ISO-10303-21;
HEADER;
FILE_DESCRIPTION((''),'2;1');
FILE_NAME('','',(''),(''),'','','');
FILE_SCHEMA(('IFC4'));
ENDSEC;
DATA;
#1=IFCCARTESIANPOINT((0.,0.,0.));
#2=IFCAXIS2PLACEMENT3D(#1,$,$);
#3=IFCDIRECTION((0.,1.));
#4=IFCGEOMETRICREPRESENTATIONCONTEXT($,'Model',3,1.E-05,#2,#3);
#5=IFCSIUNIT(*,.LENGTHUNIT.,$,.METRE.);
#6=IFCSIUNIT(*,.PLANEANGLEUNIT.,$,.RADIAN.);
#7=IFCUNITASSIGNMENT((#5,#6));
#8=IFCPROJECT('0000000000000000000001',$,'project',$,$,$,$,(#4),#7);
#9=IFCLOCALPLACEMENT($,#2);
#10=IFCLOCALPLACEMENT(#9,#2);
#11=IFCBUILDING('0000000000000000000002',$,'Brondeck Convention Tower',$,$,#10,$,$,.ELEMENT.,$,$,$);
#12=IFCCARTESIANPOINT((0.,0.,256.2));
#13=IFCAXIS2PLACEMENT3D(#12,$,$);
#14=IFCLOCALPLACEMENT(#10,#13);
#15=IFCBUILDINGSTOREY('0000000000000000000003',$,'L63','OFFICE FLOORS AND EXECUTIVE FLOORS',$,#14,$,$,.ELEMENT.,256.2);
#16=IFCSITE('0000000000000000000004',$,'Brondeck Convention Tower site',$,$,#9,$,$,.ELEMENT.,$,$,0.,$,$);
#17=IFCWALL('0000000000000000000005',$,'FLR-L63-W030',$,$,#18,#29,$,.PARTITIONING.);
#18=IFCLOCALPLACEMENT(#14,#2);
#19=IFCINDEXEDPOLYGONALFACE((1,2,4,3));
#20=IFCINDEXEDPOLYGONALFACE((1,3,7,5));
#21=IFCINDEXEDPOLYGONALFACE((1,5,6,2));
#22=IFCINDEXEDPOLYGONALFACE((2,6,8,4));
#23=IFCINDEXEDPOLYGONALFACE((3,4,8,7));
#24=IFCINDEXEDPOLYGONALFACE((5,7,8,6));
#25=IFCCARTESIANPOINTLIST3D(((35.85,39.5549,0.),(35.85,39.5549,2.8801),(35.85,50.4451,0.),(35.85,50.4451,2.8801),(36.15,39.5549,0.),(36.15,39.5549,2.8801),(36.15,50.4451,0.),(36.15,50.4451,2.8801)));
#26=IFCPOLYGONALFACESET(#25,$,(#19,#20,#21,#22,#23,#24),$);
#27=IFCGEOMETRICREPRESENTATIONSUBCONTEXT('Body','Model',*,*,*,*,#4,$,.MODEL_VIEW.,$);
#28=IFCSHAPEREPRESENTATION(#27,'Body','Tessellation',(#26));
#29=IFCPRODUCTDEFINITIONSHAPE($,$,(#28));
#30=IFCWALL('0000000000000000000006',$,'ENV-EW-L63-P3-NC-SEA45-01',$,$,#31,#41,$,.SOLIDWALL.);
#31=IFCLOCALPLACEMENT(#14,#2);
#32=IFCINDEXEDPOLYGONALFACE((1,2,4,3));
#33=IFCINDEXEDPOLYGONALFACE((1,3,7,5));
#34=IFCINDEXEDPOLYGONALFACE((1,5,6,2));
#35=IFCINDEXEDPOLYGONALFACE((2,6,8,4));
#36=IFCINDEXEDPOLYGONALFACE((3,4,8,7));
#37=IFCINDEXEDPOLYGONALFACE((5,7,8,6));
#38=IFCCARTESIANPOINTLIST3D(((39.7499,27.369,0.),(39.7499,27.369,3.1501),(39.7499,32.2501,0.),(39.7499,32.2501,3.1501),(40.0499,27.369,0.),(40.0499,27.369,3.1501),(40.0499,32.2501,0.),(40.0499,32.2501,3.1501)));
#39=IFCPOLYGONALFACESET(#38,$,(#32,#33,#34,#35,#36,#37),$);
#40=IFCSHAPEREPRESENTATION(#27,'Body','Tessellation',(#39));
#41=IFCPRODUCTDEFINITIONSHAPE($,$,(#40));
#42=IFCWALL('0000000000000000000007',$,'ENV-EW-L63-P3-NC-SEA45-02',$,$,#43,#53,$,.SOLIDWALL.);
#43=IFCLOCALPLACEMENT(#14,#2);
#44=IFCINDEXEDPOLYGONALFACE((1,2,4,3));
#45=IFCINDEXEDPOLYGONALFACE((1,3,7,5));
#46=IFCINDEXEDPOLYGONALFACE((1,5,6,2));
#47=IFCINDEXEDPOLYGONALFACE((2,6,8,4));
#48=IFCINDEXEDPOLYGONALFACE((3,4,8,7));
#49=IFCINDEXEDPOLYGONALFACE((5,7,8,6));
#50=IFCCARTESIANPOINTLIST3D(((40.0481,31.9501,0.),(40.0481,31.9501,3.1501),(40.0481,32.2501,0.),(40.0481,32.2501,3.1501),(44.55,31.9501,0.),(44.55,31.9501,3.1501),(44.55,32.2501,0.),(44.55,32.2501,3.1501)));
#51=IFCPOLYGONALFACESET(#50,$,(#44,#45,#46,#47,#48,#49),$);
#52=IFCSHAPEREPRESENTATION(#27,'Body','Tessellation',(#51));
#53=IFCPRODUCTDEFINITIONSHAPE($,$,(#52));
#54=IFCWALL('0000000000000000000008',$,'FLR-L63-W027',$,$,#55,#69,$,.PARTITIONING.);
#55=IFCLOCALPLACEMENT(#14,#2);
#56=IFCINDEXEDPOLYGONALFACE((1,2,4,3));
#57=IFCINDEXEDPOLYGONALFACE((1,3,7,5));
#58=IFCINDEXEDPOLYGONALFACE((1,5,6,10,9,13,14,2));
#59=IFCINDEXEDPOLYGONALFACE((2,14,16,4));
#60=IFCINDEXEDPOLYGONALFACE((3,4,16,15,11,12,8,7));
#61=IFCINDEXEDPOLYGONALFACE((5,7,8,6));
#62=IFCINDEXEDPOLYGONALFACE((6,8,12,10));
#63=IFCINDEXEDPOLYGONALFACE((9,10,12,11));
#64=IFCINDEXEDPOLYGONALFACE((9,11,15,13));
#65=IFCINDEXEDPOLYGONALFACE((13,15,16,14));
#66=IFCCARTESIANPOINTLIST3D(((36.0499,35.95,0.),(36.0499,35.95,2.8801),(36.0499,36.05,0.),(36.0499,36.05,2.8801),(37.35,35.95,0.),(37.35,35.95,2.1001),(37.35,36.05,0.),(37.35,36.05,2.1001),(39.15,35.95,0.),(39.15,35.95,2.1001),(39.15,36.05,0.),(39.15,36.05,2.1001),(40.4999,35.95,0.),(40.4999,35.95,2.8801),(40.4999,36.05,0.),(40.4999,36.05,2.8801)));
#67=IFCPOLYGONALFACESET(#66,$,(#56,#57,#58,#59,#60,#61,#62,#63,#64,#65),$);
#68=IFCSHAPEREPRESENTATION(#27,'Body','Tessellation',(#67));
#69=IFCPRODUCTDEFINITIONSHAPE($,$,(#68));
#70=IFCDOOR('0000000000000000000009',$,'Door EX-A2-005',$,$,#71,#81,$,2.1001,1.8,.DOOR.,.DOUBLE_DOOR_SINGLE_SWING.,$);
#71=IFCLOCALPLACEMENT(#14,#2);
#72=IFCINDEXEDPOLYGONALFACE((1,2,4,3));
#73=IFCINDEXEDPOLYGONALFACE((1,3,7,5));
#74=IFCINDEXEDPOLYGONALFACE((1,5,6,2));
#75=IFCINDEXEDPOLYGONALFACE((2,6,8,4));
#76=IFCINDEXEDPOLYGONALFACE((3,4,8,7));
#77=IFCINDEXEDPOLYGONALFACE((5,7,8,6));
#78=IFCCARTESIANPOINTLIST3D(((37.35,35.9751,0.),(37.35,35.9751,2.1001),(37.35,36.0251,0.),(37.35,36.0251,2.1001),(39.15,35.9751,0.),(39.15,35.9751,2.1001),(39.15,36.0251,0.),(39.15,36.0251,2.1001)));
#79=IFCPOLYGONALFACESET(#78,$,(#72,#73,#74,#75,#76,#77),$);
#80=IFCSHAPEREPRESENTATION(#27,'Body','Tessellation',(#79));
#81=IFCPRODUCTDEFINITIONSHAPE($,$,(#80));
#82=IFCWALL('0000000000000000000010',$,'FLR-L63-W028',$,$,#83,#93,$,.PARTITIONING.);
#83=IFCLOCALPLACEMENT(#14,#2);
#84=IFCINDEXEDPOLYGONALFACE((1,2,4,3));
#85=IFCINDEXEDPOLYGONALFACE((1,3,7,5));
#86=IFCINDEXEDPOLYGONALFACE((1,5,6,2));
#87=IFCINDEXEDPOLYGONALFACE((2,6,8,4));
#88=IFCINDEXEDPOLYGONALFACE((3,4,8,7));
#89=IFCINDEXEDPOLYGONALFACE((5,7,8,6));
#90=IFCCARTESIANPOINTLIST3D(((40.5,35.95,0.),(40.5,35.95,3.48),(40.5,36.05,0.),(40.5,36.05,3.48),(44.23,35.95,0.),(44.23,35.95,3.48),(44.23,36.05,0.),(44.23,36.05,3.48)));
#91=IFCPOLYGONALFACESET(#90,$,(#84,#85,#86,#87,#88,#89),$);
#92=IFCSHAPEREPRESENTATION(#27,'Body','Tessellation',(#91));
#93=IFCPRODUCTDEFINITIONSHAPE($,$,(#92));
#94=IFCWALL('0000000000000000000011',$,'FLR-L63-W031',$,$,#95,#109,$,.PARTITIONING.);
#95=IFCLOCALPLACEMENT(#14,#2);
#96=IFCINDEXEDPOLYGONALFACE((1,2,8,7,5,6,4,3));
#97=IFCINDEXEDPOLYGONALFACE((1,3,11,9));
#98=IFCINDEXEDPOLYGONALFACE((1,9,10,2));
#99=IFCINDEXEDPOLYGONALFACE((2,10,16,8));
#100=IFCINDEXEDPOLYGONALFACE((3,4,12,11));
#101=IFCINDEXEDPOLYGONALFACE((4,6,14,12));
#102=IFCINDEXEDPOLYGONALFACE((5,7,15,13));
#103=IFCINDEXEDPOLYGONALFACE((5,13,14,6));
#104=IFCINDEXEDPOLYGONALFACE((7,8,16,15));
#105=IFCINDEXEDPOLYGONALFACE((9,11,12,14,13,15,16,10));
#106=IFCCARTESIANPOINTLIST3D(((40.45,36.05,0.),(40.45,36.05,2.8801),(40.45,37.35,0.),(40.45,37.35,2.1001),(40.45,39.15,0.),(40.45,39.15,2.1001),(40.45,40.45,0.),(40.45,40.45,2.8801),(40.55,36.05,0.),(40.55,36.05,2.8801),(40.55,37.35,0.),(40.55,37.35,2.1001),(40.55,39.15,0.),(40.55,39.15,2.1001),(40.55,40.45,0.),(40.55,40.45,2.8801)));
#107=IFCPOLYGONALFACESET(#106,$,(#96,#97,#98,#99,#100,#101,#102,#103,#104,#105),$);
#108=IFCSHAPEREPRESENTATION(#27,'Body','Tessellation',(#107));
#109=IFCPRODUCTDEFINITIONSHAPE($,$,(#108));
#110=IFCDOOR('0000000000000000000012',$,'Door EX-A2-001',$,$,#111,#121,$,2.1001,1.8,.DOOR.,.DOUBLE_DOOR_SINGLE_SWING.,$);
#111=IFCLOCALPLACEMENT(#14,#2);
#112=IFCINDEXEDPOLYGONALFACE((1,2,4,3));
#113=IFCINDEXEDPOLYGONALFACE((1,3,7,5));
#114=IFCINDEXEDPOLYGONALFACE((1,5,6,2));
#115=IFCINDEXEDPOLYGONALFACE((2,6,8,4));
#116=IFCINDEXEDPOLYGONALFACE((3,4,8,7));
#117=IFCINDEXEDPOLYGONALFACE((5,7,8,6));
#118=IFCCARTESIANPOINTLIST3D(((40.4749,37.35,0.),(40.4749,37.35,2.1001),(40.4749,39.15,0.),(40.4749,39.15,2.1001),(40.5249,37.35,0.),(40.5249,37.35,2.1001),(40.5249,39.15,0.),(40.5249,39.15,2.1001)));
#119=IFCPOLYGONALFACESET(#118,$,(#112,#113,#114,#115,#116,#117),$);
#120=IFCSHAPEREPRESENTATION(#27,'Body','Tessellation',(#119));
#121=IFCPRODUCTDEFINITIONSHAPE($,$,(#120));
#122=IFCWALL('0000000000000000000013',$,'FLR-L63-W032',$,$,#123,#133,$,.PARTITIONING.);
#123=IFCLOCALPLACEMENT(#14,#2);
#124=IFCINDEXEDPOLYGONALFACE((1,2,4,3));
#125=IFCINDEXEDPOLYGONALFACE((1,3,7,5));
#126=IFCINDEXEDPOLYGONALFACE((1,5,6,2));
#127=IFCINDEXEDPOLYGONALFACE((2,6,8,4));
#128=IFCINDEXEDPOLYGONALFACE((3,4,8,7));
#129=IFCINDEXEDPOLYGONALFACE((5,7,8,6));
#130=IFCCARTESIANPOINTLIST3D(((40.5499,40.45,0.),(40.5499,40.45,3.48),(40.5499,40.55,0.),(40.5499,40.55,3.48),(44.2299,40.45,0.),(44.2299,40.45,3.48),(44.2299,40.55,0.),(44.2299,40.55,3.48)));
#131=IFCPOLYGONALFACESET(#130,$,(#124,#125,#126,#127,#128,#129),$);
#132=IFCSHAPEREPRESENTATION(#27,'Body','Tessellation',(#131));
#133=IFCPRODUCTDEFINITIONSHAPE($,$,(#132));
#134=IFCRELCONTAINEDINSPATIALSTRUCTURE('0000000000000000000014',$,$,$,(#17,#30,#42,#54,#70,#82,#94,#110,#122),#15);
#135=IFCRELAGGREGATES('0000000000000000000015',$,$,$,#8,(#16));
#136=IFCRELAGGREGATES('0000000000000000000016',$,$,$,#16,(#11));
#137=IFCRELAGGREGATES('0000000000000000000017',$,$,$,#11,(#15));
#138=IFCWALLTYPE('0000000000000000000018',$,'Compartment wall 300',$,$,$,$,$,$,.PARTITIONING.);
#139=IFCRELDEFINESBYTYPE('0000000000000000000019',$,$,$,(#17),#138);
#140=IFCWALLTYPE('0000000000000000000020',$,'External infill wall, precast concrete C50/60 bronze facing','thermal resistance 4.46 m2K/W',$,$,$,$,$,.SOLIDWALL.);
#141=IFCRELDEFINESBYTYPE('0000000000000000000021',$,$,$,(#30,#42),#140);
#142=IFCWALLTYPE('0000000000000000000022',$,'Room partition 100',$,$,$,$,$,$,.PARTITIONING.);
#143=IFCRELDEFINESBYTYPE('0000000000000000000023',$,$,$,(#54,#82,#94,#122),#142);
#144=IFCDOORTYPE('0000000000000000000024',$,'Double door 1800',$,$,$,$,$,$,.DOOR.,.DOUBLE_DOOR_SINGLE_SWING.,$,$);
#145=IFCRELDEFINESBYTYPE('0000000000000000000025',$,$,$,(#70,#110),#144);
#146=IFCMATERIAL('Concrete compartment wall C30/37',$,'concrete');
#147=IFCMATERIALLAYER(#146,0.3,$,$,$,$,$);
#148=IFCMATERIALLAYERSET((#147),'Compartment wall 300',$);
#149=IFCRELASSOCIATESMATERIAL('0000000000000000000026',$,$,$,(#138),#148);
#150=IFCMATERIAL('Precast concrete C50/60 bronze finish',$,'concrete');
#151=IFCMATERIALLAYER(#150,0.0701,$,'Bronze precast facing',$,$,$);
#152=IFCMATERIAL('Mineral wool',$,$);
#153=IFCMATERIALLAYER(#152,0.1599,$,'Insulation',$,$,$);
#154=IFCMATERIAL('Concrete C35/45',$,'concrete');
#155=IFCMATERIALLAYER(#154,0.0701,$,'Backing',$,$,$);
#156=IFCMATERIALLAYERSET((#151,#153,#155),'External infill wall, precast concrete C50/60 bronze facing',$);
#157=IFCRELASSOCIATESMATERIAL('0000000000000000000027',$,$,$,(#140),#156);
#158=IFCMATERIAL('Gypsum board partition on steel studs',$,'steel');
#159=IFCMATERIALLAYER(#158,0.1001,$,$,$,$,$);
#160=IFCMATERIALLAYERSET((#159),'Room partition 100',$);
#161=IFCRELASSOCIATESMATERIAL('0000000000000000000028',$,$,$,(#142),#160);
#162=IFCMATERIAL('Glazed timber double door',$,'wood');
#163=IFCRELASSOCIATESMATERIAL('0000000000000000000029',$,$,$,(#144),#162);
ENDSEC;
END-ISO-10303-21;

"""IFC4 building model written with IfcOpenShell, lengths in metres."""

from ifc_helpers import new_model, si_unit, direction, frame, frame_2d, origin, place, context, subcontext, project, spatial, rectangle, extrude, material, layer, layer_set, type_object, element, fill, save


model = new_model("IFC4")

# Units and contexts
model_context = context("Model", 3, precision=1e-05, world=origin(), true_north=direction((0.0, 1.0)))
body_context = subcontext(model_context, "Body", "Model", "MODEL_VIEW")
ifc_project = project(units=[si_unit("LENGTHUNIT", "METRE"), si_unit("PLANEANGLEUNIT", "RADIAN")], contexts=[model_context])

# Site, building, storey
site_placement = place(None, origin())
site = spatial("IfcSite", under=ifc_project, at=site_placement, Name="Brondeck Convention Tower site", CompositionType="ELEMENT", RefElevation=0.0)
building_placement = place(site_placement, origin())
building = spatial("IfcBuilding", under=site, at=building_placement, Name="Brondeck Convention Tower", CompositionType="ELEMENT")
storey_placement = place(building_placement, frame((0.0, 0.0, 256.2)))
storey = spatial("IfcBuildingStorey", under=building, at=storey_placement, Name="L63", Description="OFFICE FLOORS AND EXECUTIVE FLOORS", CompositionType="ELEMENT", Elevation=256.2)

# Walls
ifc_material_1 = material(Name="Concrete compartment wall C30/37", Category="concrete")
ifc_layer_1 = layer(ifc_material_1, 0.3)
ifc_layer_set_1 = layer_set([ifc_layer_1], Name="Compartment wall 300")
wall_type_1 = type_object("IfcWallType", Name="Compartment wall 300", PredefinedType="PARTITIONING", material=ifc_layer_set_1)
wall_1_placement = place(storey_placement, frame((36.0, 39.5549, 0.0), z_axis=(0.0, 0.0, 1.0), x_axis=(0.0, 1.0, 0.0)))
element("IfcWall", 1, at=wall_1_placement, inside=storey, type_object=wall_type_1, Name="FLR-L63-W030", PredefinedType="PARTITIONING", context=body_context, shape_type="SweptSolid", body=[
    extrude(rectangle(XDim=10.8901, YDim=0.3, at=frame_2d((5.4451, 0.0))), origin(), (0.0, 0.0, 1.0), 2.8801),
])
ifc_material_2 = material(Name="Precast concrete C50/60 bronze finish", Category="concrete")
ifc_layer_2 = layer(ifc_material_2, 0.0701, Name="Bronze precast facing")
ifc_material_3 = material(Name="Mineral wool")
ifc_layer_3 = layer(ifc_material_3, 0.1599, Name="Insulation")
ifc_material_4 = material(Name="Concrete C35/45", Category="concrete")
ifc_layer_4 = layer(ifc_material_4, 0.0701, Name="Backing")
ifc_layer_set_2 = layer_set([ifc_layer_2, ifc_layer_3, ifc_layer_4], Name="External infill wall, precast concrete C50/60 bronze facing")
wall_type_2 = type_object("IfcWallType", Name="External infill wall, precast concrete C50/60 bronze facing", Description="thermal resistance 4.46 m2K/W", PredefinedType="SOLIDWALL", material=ifc_layer_set_2)
wall_2_placement = place(storey_placement, frame((39.8999, 32.25, 0.0), z_axis=(0.0, 0.0, 1.0), x_axis=(0.0, -1.0, 0.0)))
element("IfcWall", 2, at=wall_2_placement, inside=storey, type_object=wall_type_2, Name="ENV-EW-L63-P3-NC-SEA45-01", PredefinedType="SOLIDWALL", context=body_context, shape_type="SweptSolid", body=[
    extrude(rectangle(XDim=4.8811, YDim=0.3, at=frame_2d((2.4404, 0.0))), origin(), (0.0, 0.0, 1.0), 3.1501),
])
wall_3_placement = place(storey_placement, frame((44.55, 32.1001, 0.0), z_axis=(0.0, 0.0, 1.0), x_axis=(-1.0, 0.0, 0.0)))
element("IfcWall", 3, at=wall_3_placement, inside=storey, type_object=wall_type_2, Name="ENV-EW-L63-P3-NC-SEA45-02", PredefinedType="SOLIDWALL", context=body_context, shape_type="SweptSolid", body=[
    extrude(rectangle(XDim=4.502, YDim=0.3, at=frame_2d((2.251, 0.0))), origin(), (0.0, 0.0, 1.0), 3.1501),
])

# Wall, opening, door
ifc_material_5 = material(Name="Gypsum board partition on steel studs", Category="steel")
ifc_layer_5 = layer(ifc_material_5, 0.1001)
ifc_layer_set_3 = layer_set([ifc_layer_5], Name="Room partition 100")
wall_type_3 = type_object("IfcWallType", Name="Room partition 100", PredefinedType="PARTITIONING", material=ifc_layer_set_3)
wall_4_placement = place(storey_placement, frame((40.5, 36.0, 0.0), z_axis=(0.0, 0.0, 1.0), x_axis=(-1.0, 0.0, 0.0)))
wall_4 = element("IfcWall", 4, at=wall_4_placement, inside=storey, type_object=wall_type_3, Name="FLR-L63-W027", PredefinedType="PARTITIONING", context=body_context, shape_type="SweptSolid", body=[
    extrude(rectangle(XDim=4.45, YDim=0.1001, at=frame_2d((2.2251, 0.0))), origin(), (0.0, 0.0, 1.0), 2.8801),
])
opening_1_placement = place(wall_4_placement, frame((1.3501, 0.0, 0.0)))
opening_1 = element("IfcOpeningElement", 5, at=opening_1_placement, cuts=wall_4, PredefinedType="OPENING", context=body_context, shape_type="SweptSolid", body=[
    extrude(rectangle(XDim=1.8, YDim=2.1001, at=frame_2d((0.8999, 1.05))), frame((0.0, 0.0601, 0.0), z_axis=(0.0, -1.0, 0.0), x_axis=(1.0, 0.0, 0.0)), (0.0, 0.0, 1.0), 0.1201),
])
ifc_material_6 = material(Name="Glazed timber double door", Category="wood")
door_type = type_object("IfcDoorType", Name="Double door 1800", OperationType="DOUBLE_DOOR_SINGLE_SWING", PredefinedType="DOOR", material=ifc_material_6)
door_1_placement = place(opening_1_placement, origin())
door_1 = element("IfcDoor", 6, at=door_1_placement, inside=storey, type_object=door_type, Name="Door EX-A2-005", OperationType="DOUBLE_DOOR_SINGLE_SWING", OverallHeight=2.1001, OverallWidth=1.8, PredefinedType="DOOR", context=body_context, shape_type="SweptSolid", body=[
    extrude(rectangle(XDim=1.8, YDim=2.1001, at=frame_2d((0.8999, 1.05))), frame((0.0, 0.0249, 0.0), z_axis=(0.0, -1.0, 0.0), x_axis=(1.0, 0.0, 0.0)), (0.0, 0.0, 1.0), 0.05),
])
fill(opening_1, door_1)

# Wall
wall_5_placement = place(storey_placement, frame((44.23, 36.0, 0.0), z_axis=(0.0, 0.0, 1.0), x_axis=(-1.0, 0.0, 0.0)))
element("IfcWall", 7, at=wall_5_placement, inside=storey, type_object=wall_type_3, Name="FLR-L63-W028", PredefinedType="PARTITIONING", context=body_context, shape_type="SweptSolid", body=[
    extrude(rectangle(XDim=3.73, YDim=0.1001, at=frame_2d((1.865, 0.0))), origin(), (0.0, 0.0, 1.0), 3.48),
])

# Wall, opening, door
wall_6_placement = place(storey_placement, frame((40.5, 40.45, 0.0), z_axis=(0.0, 0.0, 1.0), x_axis=(0.0, -1.0, 0.0)))
wall_6 = element("IfcWall", 8, at=wall_6_placement, inside=storey, type_object=wall_type_3, Name="FLR-L63-W031", PredefinedType="PARTITIONING", context=body_context, shape_type="SweptSolid", body=[
    extrude(rectangle(XDim=4.3999, YDim=0.1001, at=frame_2d((2.2, 0.0))), origin(), (0.0, 0.0, 1.0), 2.8801),
])
opening_2_placement = place(wall_6_placement, frame((1.3, 0.0, 0.0)))
opening_2 = element("IfcOpeningElement", 9, at=opening_2_placement, cuts=wall_6, PredefinedType="OPENING", context=body_context, shape_type="SweptSolid", body=[
    extrude(rectangle(XDim=1.8, YDim=2.1001, at=frame_2d((0.8999, 1.05))), frame((0.0, 0.0601, 0.0), z_axis=(0.0, -1.0, 0.0), x_axis=(1.0, 0.0, 0.0)), (0.0, 0.0, 1.0), 0.1201),
])
door_2_placement = place(opening_2_placement, origin())
door_2 = element("IfcDoor", 10, at=door_2_placement, inside=storey, type_object=door_type, Name="Door EX-A2-001", OperationType="DOUBLE_DOOR_SINGLE_SWING", OverallHeight=2.1001, OverallWidth=1.8, PredefinedType="DOOR", context=body_context, shape_type="SweptSolid", body=[
    extrude(rectangle(XDim=1.8, YDim=2.1001, at=frame_2d((0.8999, 1.05))), frame((0.0, 0.0249, 0.0), z_axis=(0.0, -1.0, 0.0), x_axis=(1.0, 0.0, 0.0)), (0.0, 0.0, 1.0), 0.05),
])
fill(opening_2, door_2)

# Wall
wall_7_placement = place(storey_placement, frame((40.55, 40.5, 0.0), z_axis=(0.0, 0.0, 1.0), x_axis=(1.0, 0.0, 0.0)))
element("IfcWall", 11, at=wall_7_placement, inside=storey, type_object=wall_type_3, Name="FLR-L63-W032", PredefinedType="PARTITIONING", context=body_context, shape_type="SweptSolid", body=[
    extrude(rectangle(XDim=3.6799, YDim=0.1001, at=frame_2d((1.8398, 0.0))), origin(), (0.0, 0.0, 1.0), 3.48),
])

save(model, "model.ifc")
